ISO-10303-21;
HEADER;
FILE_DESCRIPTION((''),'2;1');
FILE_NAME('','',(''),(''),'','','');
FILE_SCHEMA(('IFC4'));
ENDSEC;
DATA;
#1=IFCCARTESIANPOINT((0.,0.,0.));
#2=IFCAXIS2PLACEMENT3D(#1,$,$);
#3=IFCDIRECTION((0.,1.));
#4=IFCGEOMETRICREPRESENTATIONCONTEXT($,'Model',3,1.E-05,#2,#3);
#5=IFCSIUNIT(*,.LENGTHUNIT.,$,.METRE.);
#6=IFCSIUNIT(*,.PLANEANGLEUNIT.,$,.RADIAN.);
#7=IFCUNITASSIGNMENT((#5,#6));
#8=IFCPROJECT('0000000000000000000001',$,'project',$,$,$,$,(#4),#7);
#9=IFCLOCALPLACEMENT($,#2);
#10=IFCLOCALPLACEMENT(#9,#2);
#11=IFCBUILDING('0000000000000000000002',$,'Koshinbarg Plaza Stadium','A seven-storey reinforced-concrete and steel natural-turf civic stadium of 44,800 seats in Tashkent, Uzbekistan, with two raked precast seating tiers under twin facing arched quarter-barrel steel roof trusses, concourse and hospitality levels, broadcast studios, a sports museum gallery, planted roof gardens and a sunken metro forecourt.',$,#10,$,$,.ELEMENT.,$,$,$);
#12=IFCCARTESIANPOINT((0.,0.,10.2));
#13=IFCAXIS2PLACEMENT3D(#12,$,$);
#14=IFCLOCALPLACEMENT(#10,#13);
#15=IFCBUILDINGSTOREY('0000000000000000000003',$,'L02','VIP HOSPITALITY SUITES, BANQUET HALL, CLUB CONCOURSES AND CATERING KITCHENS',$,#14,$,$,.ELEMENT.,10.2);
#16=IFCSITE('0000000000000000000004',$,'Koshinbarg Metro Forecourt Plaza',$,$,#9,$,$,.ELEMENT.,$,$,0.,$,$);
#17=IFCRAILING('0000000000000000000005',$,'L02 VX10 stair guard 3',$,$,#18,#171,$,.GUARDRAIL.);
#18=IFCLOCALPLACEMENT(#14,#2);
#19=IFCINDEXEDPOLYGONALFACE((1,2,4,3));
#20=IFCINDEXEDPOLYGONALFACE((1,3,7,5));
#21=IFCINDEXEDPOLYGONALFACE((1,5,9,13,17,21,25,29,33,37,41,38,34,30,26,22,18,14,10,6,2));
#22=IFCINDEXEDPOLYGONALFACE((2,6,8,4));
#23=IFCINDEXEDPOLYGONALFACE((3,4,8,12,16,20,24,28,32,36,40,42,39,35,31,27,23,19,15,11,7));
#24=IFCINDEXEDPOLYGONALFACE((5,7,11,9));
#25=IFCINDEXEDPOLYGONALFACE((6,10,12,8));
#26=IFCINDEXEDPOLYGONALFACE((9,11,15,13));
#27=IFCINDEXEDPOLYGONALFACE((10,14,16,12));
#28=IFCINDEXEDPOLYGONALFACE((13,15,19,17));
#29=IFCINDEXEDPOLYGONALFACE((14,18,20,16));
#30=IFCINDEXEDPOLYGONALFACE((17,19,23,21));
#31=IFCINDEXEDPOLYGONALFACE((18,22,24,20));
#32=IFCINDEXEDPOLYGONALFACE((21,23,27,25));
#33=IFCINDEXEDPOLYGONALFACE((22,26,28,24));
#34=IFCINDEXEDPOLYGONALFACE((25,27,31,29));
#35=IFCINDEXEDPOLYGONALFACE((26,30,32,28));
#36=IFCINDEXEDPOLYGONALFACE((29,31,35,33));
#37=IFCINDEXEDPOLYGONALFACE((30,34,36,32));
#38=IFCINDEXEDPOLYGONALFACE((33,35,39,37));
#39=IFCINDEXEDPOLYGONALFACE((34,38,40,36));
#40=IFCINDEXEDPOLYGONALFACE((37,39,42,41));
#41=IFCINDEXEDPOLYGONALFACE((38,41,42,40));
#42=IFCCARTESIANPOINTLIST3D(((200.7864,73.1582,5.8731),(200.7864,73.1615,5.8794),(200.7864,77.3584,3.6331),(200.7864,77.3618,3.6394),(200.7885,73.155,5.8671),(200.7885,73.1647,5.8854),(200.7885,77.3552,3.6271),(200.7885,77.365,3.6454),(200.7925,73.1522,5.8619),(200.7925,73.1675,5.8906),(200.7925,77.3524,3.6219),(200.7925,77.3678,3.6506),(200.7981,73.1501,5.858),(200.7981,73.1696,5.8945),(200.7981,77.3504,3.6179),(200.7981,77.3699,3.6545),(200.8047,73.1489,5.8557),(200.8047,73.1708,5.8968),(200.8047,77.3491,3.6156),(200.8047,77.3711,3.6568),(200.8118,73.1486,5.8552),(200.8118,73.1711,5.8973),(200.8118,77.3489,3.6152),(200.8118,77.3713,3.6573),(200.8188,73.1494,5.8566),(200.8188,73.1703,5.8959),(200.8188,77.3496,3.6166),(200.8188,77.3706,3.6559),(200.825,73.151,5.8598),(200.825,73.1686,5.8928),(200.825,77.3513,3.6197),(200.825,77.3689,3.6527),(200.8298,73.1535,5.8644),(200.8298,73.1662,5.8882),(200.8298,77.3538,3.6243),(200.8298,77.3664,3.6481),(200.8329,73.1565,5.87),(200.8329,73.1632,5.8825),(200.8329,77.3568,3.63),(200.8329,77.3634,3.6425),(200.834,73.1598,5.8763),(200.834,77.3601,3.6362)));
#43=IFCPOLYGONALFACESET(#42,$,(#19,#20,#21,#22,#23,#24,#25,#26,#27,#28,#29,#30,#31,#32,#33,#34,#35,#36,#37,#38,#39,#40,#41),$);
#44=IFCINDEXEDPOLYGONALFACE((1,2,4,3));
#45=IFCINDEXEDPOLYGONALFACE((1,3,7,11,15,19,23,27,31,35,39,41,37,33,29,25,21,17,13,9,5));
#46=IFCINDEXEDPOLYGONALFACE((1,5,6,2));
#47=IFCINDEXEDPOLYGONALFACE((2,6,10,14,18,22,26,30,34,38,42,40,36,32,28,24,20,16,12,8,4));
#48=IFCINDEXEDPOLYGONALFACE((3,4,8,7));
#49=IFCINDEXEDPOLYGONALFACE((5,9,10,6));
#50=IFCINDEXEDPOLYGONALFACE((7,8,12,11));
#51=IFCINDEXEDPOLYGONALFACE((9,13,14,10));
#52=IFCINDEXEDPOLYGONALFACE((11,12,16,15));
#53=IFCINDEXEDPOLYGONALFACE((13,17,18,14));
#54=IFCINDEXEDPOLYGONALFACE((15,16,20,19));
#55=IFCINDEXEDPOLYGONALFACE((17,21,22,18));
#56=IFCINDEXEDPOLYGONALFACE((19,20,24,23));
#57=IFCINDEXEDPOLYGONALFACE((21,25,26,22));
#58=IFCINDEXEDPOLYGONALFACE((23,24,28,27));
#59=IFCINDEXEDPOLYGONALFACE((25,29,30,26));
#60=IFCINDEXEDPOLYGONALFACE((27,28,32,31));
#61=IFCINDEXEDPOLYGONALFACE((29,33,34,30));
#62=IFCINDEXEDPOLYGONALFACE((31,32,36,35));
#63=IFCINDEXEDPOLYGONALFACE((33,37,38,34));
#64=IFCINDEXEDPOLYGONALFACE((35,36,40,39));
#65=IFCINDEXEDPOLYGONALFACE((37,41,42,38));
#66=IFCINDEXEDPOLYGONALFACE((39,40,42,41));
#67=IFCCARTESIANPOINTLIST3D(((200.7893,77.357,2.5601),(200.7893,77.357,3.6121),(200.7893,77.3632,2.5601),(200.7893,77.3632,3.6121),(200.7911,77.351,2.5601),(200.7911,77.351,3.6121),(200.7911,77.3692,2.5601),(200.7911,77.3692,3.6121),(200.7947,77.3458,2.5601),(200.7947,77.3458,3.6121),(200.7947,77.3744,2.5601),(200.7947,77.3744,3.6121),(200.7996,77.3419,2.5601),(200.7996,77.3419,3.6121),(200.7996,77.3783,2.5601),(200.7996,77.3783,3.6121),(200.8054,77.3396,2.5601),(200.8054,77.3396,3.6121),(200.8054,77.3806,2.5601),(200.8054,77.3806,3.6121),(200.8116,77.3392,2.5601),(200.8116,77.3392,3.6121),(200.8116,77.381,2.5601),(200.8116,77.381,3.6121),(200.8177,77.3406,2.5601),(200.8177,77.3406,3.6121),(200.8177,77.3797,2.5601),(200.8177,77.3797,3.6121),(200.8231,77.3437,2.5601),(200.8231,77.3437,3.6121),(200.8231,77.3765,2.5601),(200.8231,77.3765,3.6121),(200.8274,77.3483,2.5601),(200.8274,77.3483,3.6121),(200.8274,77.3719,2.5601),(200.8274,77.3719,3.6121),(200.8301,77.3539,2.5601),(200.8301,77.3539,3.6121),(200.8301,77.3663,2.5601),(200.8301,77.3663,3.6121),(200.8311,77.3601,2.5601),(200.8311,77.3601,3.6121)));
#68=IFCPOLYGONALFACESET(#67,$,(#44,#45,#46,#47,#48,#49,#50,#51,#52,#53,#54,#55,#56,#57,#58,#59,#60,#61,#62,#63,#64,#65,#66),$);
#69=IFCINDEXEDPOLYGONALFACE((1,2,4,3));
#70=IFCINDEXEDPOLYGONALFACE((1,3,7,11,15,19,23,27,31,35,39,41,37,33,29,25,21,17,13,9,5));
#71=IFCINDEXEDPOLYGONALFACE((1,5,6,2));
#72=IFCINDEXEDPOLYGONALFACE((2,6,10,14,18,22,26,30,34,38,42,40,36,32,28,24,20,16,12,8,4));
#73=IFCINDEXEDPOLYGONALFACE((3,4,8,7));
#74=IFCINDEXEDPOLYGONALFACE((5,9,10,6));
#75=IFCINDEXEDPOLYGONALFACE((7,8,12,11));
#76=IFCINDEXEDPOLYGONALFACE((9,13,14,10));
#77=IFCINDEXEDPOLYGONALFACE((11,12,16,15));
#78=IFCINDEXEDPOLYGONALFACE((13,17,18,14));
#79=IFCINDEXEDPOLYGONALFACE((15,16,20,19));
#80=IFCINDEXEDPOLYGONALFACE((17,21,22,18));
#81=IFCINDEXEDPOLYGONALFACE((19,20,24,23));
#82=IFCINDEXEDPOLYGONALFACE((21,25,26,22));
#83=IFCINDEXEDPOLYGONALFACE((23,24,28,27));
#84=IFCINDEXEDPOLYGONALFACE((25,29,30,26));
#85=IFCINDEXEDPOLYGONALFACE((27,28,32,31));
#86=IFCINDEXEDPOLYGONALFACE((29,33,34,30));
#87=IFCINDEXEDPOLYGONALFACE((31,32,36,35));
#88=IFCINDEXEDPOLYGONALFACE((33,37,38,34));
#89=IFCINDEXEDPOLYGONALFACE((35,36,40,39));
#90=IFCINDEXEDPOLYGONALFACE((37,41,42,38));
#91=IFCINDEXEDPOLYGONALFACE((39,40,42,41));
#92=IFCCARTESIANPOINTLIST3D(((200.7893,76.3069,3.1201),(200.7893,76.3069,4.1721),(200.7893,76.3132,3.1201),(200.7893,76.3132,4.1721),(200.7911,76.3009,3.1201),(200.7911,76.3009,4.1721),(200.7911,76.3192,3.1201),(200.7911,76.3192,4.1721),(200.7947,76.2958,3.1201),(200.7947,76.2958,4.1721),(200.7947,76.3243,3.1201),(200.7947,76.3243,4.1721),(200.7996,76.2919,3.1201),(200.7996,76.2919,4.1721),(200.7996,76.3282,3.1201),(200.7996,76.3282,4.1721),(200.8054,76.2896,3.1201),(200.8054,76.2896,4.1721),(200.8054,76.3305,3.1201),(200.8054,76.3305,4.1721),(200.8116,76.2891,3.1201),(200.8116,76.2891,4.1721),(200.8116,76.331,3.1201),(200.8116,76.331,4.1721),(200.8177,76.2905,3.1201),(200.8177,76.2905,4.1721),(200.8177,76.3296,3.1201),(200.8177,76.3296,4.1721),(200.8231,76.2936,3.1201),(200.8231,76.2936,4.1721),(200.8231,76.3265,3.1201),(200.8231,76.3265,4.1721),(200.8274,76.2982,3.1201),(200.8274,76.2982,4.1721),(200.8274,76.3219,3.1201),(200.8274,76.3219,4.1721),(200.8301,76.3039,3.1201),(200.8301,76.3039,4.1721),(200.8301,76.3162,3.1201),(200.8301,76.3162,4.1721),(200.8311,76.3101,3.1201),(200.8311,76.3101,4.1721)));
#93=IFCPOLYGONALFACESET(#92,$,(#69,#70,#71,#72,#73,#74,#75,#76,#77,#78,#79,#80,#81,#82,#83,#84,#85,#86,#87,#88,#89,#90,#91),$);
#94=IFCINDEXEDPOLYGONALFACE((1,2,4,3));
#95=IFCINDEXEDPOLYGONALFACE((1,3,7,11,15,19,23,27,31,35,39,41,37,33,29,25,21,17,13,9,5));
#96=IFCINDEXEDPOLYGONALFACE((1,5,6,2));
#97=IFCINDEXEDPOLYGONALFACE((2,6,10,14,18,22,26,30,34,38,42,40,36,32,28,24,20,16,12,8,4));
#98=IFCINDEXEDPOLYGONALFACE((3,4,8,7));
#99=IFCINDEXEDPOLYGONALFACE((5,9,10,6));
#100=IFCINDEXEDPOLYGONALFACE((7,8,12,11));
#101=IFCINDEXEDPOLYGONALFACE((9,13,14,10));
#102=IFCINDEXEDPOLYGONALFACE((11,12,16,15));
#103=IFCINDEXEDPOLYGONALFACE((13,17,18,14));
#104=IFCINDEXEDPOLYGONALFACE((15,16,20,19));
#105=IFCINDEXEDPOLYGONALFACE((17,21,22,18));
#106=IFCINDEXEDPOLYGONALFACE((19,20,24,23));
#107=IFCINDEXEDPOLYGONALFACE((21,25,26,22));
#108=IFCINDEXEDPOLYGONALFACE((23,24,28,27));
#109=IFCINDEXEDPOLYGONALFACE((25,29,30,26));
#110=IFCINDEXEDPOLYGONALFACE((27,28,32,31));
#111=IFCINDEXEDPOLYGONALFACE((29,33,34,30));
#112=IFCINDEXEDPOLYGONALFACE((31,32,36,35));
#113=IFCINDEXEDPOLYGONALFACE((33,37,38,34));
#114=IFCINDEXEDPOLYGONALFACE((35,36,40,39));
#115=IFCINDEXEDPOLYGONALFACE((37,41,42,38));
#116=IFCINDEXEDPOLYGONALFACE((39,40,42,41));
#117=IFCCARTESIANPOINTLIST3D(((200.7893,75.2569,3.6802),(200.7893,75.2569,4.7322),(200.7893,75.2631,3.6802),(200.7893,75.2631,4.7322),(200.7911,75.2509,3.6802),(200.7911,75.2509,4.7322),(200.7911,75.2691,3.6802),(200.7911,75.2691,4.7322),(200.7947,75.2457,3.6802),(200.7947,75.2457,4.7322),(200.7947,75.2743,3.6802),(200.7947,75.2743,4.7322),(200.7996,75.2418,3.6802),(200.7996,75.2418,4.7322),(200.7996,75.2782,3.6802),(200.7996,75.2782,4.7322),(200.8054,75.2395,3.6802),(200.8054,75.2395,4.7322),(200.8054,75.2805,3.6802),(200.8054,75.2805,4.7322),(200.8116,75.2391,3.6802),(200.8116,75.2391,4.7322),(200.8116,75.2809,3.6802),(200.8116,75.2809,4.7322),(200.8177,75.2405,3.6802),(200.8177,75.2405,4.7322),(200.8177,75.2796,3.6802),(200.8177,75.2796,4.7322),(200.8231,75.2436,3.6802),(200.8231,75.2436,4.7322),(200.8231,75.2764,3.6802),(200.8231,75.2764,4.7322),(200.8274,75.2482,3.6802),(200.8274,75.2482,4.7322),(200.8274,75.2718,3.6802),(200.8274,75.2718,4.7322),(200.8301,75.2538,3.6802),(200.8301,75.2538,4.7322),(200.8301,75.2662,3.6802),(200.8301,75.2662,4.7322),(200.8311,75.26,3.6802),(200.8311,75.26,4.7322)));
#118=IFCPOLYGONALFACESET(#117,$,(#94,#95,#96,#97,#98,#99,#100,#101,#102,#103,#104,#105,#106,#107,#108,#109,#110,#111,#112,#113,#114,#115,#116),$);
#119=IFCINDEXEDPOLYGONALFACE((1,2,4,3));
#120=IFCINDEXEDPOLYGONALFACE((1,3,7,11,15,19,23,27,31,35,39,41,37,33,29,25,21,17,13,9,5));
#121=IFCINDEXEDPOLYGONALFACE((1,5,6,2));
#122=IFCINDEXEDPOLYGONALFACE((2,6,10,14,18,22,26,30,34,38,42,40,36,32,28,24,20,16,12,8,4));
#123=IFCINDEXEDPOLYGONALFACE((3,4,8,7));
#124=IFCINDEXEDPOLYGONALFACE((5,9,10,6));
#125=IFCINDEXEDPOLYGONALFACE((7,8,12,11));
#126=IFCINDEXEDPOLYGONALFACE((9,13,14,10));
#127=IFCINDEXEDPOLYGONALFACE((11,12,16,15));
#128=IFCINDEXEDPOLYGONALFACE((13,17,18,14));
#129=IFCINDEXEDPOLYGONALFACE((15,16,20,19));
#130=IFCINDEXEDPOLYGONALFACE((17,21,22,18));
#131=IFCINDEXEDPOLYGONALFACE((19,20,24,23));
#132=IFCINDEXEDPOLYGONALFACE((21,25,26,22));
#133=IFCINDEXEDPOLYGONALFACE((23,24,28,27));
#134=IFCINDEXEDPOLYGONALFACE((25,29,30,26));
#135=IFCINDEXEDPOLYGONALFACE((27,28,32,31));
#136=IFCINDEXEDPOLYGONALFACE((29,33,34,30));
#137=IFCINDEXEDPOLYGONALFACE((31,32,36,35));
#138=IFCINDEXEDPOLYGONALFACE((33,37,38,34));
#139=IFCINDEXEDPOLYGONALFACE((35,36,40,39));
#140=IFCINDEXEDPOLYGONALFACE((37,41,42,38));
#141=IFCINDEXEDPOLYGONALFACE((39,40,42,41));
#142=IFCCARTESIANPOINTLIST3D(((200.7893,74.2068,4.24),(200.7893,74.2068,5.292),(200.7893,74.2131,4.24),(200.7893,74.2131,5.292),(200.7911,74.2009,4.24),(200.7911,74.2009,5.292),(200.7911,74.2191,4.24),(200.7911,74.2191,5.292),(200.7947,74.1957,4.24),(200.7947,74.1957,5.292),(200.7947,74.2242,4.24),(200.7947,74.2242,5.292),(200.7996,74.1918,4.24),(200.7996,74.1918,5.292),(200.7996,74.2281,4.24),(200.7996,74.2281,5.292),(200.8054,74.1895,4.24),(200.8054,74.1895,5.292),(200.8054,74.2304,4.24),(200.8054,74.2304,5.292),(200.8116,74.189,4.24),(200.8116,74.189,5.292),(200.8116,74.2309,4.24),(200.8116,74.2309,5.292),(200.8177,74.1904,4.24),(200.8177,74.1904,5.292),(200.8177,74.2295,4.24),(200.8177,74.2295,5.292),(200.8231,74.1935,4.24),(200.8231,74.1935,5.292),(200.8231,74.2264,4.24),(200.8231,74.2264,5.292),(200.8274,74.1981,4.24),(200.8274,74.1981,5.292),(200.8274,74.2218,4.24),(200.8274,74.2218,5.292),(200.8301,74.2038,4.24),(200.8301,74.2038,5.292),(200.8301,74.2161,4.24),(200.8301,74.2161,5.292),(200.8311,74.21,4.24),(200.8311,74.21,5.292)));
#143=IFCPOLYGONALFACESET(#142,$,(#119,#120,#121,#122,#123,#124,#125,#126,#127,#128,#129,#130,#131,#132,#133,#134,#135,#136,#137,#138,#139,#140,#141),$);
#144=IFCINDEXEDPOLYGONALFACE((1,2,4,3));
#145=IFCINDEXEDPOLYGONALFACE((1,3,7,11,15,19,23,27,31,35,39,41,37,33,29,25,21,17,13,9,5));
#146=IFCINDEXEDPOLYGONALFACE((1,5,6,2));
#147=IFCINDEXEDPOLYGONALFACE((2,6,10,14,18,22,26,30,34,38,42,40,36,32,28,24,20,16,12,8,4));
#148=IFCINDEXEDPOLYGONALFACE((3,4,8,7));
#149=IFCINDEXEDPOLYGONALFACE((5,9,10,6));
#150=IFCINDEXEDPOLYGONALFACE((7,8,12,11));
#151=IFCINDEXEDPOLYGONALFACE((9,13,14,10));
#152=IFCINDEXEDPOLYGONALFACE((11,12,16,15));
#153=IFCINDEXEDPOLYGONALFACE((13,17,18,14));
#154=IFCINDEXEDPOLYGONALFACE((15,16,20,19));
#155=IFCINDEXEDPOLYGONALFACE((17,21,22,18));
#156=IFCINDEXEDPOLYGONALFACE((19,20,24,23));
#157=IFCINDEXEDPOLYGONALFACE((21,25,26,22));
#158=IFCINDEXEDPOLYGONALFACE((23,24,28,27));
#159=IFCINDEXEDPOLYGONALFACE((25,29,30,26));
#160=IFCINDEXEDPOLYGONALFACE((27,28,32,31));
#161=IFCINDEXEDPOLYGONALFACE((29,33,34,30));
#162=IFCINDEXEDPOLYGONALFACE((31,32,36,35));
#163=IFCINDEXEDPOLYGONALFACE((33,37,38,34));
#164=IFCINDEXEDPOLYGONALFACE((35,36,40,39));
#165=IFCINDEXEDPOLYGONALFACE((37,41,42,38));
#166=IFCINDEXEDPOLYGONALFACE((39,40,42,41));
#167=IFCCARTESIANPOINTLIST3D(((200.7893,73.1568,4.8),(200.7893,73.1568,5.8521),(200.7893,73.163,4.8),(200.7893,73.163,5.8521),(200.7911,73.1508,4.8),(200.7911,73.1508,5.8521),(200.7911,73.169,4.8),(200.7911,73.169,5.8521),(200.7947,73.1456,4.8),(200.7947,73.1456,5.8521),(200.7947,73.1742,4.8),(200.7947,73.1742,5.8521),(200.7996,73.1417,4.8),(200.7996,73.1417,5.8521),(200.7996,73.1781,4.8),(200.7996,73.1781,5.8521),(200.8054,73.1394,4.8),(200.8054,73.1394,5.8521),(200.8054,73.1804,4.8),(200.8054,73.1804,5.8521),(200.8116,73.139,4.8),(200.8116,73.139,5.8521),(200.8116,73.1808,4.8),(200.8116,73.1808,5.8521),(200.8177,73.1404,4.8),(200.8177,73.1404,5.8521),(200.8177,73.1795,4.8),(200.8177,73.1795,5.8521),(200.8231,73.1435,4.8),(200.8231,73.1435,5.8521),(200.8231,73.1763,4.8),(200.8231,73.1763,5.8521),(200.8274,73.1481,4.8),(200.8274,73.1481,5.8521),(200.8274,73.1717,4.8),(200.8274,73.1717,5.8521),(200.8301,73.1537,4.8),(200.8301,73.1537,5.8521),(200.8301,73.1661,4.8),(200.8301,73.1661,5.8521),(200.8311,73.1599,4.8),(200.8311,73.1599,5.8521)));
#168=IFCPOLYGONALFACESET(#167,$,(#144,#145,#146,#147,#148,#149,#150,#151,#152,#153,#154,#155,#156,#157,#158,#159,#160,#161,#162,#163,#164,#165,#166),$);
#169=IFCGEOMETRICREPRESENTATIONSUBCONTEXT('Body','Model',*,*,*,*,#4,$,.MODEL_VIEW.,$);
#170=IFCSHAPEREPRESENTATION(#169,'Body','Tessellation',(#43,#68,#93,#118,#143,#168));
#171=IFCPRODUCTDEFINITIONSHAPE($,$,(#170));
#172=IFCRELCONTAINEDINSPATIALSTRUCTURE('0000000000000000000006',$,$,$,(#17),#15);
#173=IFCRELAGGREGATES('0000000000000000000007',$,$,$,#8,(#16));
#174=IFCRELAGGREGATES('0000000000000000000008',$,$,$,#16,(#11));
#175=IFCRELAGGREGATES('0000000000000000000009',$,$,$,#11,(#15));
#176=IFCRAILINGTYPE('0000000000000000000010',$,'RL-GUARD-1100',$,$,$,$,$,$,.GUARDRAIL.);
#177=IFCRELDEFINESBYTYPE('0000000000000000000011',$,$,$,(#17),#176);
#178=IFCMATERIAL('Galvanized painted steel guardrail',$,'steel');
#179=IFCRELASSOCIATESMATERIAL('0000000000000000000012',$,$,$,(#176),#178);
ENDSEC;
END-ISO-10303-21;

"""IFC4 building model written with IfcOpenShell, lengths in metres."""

from ifc_helpers import new_model, si_unit, direction, frame, origin, origin_2d, place, context, subcontext, project, spatial, circle, extrude, material, type_object, element, save


model = new_model("IFC4")

# Units and contexts
model_context = context("Model", 3, precision=1e-05, world=origin(), true_north=direction((0.0, 1.0)))
body_context = subcontext(model_context, "Body", "Model", "MODEL_VIEW")
ifc_project = project(units=[si_unit("LENGTHUNIT", "METRE"), si_unit("PLANEANGLEUNIT", "RADIAN")], contexts=[model_context])

# Site, building, storey
site_placement = place(None, origin())
site = spatial("IfcSite", under=ifc_project, at=site_placement, Name="Koshinbarg Metro Forecourt Plaza", CompositionType="ELEMENT", RefElevation=0.0)
building_placement = place(site_placement, origin())
building = spatial("IfcBuilding", under=site, at=building_placement, Name="Koshinbarg Plaza Stadium", Description="A seven-storey reinforced-concrete and steel natural-turf civic stadium of 44,800 seats in Tashkent, Uzbekistan, with two raked precast seating tiers under twin facing arched quarter-barrel steel roof trusses, concourse and hospitality levels, broadcast studios, a sports museum gallery, planted roof gardens and a sunken metro forecourt.", CompositionType="ELEMENT")
storey_placement = place(building_placement, frame((0.0, 0.0, 10.2)))
storey = spatial("IfcBuildingStorey", under=building, at=storey_placement, Name="L02", Description="VIP HOSPITALITY SUITES, BANQUET HALL, CLUB CONCOURSES AND CATERING KITCHENS", CompositionType="ELEMENT", Elevation=10.2)

# Railing
ifc_material_1 = material(Name="Galvanized painted steel guardrail", Category="steel")
railing_type_1 = type_object("IfcRailingType", Name="RL-GUARD-1100", PredefinedType="GUARDRAIL", material=ifc_material_1)
railing_1_placement = place(storey_placement, frame((200.8101, 77.3601, 2.5601)))
element("IfcRailing", 1, at=railing_1_placement, inside=storey, type_object=railing_type_1, Name="L02 VX10 stair guard 3", PredefinedType="GUARDRAIL", context=body_context, shape_type="SweptSolid", body=[
    extrude(circle(Radius=0.0239, at=origin_2d()), frame((0.0, 0.0, 1.0762), z_axis=(0.0, -0.882363, 0.47057), x_axis=(1.0, 0.0, 0.0)), (0.0, 0.0, 1.0), 4.7603),
    extrude(circle(Radius=0.021, at=origin_2d()), origin(), (0.0, 0.0, 1.0), 1.052),
    extrude(circle(Radius=0.021, at=origin_2d()), frame((0.0, -1.05, 0.5601)), (0.0, 0.0, 1.0), 1.052),
    extrude(circle(Radius=0.021, at=origin_2d()), frame((0.0, -2.1001, 1.1201)), (0.0, 0.0, 1.0), 1.052),
    extrude(circle(Radius=0.021, at=origin_2d()), frame((0.0, -3.1501, 1.6799)), (0.0, 0.0, 1.0), 1.052),
    extrude(circle(Radius=0.021, at=origin_2d()), frame((0.0, -4.2002, 2.24)), (0.0, 0.0, 1.0), 1.052),
])

save(model, "model.ifc")
